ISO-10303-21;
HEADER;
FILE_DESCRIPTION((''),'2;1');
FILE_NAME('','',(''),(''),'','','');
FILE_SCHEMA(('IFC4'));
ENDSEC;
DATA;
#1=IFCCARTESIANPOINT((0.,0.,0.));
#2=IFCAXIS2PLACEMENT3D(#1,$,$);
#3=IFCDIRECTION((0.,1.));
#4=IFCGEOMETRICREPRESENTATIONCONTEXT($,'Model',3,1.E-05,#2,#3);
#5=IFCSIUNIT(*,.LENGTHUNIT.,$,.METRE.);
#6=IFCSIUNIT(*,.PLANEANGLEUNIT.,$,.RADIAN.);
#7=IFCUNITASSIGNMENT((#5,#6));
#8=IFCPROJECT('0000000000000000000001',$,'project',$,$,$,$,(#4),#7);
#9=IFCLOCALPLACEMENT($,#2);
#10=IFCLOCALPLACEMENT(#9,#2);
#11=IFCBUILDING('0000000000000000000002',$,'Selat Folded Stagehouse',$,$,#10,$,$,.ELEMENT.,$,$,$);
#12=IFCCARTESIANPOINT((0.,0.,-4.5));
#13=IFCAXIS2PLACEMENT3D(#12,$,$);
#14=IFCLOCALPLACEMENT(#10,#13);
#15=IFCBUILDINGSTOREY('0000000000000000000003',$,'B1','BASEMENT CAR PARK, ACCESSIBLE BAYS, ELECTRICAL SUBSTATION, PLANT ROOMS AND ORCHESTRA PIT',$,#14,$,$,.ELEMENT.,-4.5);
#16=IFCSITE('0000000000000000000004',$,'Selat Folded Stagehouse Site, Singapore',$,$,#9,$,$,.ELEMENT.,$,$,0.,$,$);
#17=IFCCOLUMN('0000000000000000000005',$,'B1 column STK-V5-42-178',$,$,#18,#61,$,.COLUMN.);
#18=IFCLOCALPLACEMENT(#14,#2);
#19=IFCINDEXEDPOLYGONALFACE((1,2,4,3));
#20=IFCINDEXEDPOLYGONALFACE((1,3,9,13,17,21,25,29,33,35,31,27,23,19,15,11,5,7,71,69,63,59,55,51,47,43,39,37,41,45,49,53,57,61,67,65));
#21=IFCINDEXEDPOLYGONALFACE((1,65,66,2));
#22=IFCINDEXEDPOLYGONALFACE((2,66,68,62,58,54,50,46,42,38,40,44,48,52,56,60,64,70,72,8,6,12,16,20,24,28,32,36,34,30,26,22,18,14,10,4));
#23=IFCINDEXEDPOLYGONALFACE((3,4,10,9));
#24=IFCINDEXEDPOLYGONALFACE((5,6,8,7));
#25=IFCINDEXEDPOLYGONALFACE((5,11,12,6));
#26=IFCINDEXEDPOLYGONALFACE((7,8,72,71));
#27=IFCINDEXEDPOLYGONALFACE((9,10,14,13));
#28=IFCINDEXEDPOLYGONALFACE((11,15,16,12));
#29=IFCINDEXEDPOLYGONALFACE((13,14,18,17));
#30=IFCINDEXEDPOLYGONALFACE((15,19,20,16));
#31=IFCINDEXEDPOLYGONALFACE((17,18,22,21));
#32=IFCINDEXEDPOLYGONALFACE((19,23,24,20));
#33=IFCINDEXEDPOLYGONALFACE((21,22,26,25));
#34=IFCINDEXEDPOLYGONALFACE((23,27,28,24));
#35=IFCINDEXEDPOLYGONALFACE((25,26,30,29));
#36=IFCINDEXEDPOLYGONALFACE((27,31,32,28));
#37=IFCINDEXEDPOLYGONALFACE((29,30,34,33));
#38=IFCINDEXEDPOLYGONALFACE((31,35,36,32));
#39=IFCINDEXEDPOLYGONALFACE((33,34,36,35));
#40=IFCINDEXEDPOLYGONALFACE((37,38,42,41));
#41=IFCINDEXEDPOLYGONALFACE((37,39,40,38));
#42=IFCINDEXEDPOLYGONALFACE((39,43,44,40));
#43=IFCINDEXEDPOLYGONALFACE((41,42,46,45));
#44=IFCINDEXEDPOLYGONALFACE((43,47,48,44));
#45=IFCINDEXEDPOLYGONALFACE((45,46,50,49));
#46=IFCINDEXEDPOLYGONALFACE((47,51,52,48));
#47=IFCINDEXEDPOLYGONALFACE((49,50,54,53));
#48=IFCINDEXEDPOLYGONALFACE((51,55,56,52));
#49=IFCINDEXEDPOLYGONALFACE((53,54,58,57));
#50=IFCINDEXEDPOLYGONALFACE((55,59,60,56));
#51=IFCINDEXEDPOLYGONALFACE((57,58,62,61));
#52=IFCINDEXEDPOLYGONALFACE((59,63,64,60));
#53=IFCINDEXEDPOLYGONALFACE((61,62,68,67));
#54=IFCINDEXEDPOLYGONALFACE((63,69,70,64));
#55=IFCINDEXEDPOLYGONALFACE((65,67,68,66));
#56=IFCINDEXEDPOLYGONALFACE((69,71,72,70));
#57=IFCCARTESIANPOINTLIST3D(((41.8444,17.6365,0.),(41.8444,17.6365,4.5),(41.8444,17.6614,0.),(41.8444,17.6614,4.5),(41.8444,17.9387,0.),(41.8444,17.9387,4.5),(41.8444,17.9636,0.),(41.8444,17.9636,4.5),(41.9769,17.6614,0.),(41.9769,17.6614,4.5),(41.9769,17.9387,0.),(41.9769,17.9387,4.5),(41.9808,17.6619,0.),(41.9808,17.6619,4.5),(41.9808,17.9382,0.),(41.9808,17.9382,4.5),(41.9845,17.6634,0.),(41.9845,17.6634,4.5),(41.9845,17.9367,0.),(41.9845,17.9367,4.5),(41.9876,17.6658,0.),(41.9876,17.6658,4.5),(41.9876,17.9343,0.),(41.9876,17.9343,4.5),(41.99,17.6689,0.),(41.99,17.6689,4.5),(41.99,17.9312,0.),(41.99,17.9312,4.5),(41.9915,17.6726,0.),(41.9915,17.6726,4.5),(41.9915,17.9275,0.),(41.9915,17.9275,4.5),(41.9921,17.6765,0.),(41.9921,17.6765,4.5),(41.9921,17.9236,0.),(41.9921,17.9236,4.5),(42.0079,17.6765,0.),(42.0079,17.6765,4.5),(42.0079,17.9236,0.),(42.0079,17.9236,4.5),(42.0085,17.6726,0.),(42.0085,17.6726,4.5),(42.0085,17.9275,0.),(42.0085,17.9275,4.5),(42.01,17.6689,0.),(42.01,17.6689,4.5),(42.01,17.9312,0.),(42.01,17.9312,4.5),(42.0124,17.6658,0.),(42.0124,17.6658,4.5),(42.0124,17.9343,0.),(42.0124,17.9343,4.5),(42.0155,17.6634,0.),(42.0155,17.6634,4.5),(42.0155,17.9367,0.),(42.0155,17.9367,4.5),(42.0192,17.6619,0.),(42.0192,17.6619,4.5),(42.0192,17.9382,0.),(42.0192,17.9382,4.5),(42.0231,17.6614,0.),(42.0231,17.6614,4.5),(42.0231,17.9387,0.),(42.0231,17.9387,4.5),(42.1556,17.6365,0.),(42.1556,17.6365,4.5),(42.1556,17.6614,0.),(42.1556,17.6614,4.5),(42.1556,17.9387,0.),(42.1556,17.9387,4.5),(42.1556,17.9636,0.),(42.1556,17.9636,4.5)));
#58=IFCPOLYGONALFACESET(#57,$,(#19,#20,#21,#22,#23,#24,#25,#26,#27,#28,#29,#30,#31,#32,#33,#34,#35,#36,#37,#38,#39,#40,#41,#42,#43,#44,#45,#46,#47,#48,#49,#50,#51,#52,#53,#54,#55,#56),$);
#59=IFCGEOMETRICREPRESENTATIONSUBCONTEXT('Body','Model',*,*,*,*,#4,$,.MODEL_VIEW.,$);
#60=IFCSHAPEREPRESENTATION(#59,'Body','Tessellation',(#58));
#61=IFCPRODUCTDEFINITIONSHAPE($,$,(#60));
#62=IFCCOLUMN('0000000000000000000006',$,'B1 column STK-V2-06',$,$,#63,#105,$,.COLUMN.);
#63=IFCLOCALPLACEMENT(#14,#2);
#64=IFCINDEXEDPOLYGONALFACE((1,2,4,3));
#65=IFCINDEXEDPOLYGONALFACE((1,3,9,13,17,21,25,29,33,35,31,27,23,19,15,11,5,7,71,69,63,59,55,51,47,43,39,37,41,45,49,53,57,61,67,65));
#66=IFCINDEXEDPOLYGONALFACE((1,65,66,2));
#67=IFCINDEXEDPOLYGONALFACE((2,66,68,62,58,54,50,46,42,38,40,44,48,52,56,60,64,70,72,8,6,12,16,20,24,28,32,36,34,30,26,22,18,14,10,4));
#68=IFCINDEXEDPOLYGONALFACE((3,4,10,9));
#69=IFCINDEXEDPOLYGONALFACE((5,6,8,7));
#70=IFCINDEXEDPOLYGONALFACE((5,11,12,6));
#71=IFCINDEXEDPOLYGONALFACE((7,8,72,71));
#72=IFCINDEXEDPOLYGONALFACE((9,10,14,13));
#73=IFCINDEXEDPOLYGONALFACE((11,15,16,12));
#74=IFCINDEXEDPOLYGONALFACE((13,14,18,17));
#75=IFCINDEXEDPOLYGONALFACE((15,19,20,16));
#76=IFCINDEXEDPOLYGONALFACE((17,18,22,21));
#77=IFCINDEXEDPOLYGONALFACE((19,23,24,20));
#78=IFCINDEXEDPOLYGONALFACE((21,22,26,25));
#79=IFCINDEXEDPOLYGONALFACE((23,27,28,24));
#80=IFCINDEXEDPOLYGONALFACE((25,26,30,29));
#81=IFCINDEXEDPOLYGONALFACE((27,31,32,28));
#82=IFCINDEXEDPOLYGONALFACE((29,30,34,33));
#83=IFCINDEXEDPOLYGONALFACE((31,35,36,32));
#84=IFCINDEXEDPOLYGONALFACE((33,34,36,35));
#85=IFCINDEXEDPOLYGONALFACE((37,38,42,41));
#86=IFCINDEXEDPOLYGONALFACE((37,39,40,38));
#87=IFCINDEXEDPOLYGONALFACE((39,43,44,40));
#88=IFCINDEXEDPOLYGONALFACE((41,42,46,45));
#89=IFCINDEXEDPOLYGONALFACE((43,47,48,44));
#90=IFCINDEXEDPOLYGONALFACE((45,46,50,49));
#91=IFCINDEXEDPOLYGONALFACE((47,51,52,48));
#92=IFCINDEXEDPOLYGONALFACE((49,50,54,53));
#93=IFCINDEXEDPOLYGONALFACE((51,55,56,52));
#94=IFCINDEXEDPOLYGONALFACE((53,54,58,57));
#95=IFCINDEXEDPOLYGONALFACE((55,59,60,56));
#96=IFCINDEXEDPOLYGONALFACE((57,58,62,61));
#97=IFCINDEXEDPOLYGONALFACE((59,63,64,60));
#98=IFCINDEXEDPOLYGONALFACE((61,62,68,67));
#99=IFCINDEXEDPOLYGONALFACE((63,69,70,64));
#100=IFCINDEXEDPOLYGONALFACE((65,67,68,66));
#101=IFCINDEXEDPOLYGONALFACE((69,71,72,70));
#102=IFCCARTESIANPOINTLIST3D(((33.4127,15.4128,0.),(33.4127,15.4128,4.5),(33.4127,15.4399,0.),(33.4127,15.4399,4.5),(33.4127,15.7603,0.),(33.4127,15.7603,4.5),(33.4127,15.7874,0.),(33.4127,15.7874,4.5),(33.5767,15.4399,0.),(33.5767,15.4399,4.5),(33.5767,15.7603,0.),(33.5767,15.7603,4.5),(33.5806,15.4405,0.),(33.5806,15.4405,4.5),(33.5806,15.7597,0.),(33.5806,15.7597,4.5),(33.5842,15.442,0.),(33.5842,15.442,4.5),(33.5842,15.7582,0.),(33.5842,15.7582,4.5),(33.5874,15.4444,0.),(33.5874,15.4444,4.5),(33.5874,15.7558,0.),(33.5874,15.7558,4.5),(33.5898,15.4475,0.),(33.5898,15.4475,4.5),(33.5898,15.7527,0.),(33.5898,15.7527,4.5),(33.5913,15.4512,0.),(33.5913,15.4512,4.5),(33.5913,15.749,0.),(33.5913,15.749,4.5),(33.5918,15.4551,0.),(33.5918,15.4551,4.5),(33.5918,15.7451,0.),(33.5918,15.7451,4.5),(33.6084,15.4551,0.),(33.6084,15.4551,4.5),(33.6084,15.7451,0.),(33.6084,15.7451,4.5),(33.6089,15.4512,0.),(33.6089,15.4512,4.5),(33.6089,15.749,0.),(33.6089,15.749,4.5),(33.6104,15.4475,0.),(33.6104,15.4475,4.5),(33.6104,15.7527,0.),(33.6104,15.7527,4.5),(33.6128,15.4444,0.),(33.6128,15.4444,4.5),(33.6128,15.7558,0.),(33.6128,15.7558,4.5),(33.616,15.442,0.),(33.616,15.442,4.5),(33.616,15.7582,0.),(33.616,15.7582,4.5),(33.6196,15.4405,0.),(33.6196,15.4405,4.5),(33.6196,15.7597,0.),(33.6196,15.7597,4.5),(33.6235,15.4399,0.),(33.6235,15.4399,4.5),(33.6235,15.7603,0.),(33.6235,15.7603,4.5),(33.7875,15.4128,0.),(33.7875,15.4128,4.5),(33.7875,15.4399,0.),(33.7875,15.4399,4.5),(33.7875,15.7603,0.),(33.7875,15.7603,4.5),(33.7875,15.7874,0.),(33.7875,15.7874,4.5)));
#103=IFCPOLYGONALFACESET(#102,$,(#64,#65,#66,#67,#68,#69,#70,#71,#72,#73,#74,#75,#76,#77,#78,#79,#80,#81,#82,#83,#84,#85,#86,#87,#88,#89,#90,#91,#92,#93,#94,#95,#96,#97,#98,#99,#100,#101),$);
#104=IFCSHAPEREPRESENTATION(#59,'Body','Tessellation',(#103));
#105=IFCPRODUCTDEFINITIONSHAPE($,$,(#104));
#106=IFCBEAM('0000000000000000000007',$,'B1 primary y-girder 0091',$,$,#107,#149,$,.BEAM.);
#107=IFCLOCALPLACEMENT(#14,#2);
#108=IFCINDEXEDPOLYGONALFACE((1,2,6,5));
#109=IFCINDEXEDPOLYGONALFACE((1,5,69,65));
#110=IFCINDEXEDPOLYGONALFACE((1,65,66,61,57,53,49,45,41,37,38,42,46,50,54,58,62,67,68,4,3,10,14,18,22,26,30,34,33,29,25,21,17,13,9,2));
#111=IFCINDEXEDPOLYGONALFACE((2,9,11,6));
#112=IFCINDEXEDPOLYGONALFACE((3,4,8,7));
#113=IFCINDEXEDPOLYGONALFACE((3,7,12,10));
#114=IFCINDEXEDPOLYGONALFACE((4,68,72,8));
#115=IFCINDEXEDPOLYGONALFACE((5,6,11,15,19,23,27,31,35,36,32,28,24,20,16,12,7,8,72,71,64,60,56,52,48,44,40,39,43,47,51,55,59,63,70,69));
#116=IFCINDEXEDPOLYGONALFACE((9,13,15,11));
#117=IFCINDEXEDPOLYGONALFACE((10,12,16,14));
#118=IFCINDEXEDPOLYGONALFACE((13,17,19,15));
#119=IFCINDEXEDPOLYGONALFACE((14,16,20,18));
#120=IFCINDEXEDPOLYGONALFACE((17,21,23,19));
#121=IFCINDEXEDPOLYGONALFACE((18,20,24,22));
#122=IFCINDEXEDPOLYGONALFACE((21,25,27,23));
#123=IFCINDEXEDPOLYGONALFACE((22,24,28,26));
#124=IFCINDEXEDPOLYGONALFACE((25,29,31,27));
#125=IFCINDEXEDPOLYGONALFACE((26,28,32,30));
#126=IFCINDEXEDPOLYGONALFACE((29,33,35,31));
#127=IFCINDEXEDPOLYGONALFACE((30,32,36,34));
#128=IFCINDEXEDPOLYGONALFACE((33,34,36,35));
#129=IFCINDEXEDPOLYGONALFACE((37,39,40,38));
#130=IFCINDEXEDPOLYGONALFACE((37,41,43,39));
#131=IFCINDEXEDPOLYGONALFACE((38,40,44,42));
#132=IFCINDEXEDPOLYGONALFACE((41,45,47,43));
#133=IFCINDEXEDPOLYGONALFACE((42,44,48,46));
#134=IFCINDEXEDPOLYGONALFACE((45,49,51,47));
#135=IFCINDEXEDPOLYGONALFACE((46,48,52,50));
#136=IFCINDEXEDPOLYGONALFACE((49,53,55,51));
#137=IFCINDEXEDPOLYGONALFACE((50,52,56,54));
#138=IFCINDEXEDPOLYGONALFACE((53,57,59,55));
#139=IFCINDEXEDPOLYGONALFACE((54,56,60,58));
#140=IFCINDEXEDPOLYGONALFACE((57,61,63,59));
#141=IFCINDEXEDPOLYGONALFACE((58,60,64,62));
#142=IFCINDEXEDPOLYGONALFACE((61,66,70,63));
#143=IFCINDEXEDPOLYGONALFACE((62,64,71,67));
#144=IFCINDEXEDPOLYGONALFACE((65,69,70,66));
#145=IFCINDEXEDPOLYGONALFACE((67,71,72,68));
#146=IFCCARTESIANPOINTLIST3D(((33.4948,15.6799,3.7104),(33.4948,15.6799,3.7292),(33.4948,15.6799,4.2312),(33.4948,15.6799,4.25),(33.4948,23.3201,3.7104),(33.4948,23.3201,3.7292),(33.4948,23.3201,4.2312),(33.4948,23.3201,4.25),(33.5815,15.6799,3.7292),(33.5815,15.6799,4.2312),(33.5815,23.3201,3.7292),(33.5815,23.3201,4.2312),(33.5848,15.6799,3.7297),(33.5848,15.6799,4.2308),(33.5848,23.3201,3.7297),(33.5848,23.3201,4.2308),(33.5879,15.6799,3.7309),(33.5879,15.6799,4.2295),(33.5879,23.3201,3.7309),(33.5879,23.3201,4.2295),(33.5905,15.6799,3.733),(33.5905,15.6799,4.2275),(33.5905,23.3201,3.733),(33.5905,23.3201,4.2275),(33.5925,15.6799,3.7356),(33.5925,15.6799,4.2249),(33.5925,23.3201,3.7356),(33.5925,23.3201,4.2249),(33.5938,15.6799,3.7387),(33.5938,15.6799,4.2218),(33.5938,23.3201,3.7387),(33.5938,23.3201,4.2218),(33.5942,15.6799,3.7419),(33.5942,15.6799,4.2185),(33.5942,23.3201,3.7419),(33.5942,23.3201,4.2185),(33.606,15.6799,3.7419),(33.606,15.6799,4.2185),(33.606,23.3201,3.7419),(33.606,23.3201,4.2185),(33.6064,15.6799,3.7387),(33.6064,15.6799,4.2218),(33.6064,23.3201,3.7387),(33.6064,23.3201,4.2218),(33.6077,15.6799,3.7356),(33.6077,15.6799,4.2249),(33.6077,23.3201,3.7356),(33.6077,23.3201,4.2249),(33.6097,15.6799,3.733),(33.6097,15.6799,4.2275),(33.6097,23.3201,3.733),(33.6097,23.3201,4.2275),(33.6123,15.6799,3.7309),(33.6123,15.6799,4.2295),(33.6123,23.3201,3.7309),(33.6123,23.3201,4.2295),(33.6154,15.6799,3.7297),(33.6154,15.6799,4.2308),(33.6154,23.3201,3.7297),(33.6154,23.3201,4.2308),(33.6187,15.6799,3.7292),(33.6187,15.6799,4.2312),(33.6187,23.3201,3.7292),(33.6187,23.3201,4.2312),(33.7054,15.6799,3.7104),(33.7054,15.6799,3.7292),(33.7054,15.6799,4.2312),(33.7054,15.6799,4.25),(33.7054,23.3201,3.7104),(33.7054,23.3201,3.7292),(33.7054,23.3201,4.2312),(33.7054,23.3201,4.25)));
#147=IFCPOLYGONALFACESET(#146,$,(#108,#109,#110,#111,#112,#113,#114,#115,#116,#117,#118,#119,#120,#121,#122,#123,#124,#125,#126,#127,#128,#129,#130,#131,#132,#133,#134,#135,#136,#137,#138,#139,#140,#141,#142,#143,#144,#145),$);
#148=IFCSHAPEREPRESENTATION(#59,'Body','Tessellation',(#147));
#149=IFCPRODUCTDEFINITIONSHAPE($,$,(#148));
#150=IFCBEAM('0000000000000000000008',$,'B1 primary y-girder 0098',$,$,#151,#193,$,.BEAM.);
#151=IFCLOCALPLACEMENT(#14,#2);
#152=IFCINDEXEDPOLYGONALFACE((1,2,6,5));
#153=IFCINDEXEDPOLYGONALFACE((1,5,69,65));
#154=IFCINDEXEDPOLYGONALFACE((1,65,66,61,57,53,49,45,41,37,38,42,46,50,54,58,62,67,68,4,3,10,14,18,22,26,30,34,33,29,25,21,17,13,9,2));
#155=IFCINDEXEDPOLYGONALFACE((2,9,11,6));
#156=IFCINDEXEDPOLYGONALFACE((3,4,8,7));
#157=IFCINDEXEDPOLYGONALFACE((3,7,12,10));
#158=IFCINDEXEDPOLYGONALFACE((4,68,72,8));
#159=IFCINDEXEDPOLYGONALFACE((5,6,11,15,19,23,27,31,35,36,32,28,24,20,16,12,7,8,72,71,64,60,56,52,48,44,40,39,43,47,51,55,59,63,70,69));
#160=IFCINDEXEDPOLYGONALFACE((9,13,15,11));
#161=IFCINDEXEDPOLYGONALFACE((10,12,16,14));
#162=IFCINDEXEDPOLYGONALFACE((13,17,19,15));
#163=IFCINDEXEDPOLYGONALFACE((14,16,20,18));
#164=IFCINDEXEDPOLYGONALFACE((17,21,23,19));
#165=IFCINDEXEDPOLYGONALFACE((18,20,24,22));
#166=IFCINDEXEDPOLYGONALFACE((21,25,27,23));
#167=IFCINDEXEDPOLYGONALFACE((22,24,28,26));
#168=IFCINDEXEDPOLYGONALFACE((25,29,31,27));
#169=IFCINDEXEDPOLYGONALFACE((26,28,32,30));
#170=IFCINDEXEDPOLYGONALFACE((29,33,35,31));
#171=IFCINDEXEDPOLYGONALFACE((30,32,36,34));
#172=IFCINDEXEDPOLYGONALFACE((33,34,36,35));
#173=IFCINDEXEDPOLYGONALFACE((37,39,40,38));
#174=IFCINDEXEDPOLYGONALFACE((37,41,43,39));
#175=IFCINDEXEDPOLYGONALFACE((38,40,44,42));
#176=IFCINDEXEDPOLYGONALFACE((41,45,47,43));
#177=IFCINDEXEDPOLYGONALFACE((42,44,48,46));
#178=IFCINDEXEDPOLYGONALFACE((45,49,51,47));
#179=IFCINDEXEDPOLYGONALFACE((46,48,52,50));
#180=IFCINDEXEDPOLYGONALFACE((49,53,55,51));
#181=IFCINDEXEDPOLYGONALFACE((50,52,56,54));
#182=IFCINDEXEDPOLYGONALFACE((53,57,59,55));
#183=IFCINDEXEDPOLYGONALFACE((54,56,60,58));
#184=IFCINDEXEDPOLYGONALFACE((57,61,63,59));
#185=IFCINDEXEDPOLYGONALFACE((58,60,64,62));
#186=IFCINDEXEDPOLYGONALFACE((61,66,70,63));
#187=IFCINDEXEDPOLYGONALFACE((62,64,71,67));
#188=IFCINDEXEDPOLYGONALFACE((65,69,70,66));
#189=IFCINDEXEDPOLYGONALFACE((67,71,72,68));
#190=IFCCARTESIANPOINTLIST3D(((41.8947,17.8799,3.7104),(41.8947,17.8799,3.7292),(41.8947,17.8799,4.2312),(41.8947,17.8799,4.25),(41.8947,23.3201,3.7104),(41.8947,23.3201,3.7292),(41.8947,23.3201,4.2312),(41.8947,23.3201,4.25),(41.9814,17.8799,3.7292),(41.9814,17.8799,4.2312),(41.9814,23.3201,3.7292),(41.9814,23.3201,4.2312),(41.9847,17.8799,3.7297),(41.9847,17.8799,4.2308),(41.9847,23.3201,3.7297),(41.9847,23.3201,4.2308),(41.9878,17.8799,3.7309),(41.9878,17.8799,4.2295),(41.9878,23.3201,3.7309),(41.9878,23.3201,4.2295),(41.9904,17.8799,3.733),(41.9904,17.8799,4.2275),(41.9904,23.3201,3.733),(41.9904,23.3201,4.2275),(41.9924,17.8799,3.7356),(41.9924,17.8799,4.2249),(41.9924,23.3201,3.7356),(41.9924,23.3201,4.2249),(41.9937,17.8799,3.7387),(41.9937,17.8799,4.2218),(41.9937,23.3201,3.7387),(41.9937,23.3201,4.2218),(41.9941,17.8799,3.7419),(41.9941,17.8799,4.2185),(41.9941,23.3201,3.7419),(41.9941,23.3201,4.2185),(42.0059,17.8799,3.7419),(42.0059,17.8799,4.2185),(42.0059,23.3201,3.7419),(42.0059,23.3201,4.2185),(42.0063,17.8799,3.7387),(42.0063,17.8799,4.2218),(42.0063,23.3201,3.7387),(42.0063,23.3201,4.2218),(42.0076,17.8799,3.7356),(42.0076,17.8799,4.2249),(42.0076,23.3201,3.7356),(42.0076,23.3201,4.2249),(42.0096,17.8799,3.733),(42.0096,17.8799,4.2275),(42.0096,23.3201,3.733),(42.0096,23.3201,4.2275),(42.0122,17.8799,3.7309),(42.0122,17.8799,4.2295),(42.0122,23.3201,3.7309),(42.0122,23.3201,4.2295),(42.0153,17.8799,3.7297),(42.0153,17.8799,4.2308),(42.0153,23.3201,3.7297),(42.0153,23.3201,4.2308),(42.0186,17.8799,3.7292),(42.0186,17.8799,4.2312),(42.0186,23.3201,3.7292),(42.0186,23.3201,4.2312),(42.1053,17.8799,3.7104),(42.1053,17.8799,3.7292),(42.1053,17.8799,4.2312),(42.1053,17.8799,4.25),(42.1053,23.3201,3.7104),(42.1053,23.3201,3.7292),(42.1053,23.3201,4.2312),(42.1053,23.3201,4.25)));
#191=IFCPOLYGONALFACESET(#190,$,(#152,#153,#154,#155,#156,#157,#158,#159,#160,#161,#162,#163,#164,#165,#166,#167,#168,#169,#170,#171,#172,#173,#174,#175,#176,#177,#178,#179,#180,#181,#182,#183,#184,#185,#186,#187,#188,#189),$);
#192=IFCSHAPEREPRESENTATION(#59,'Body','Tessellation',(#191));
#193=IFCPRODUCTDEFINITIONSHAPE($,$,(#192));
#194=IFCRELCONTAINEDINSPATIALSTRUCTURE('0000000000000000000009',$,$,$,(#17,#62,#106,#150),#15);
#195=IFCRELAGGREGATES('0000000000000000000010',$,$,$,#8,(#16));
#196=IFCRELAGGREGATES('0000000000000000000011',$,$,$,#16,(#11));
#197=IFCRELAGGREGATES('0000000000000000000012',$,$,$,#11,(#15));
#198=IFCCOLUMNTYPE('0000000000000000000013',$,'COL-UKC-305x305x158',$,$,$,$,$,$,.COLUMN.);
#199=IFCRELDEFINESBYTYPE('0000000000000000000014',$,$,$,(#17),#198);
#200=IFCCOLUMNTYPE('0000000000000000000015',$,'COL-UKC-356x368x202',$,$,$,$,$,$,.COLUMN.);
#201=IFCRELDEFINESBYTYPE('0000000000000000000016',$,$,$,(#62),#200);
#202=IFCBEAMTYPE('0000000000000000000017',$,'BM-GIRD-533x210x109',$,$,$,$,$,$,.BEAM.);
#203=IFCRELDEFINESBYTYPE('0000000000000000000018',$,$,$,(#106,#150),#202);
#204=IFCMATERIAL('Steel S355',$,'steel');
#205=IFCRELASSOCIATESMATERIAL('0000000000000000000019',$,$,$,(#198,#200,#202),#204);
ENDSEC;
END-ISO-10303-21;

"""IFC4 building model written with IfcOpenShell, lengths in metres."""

from ifc_helpers import new_model, si_unit, direction, frame, origin, origin_2d, place, context, subcontext, project, spatial, i_section, extrude, material, material_profile, profile_set, type_object, element, save


model = new_model("IFC4")

# Units and contexts
model_context = context("Model", 3, precision=1e-05, world=origin(), true_north=direction((0.0, 1.0)))
body_context = subcontext(model_context, "Body", "Model", "MODEL_VIEW")
ifc_project = project(units=[si_unit("LENGTHUNIT", "METRE"), si_unit("PLANEANGLEUNIT", "RADIAN")], contexts=[model_context])

# Site, building, storey
site_placement = place(None, origin())
site = spatial("IfcSite", under=ifc_project, at=site_placement, Name="Selat Folded Stagehouse Site, Singapore", CompositionType="ELEMENT", RefElevation=0.0)
building_placement = place(site_placement, origin())
building = spatial("IfcBuilding", under=site, at=building_placement, Name="Selat Folded Stagehouse", CompositionType="ELEMENT")
storey_placement = place(building_placement, frame((0.0, 0.0, -4.5)))
storey = spatial("IfcBuildingStorey", under=building, at=storey_placement, Name="B1", Description="BASEMENT CAR PARK, ACCESSIBLE BAYS, ELECTRICAL SUBSTATION, PLANT ROOMS AND ORCHESTRA PIT", CompositionType="ELEMENT", Elevation=-4.5)

# Columns
ifc_material_1 = material(Name="Steel S355", Category="steel")
ifc_material_profile_1 = material_profile(ifc_material_1, i_section(OverallWidth=0.3113, OverallDepth=0.3271, WebThickness=0.0159, FlangeThickness=0.0249, FilletRadius=0.0151, at=origin_2d()), Name="UKC 305x305x158")
ifc_profile_set_1 = profile_set([ifc_material_profile_1], Name="Steel S355")
column_type_1 = type_object("IfcColumnType", Name="COL-UKC-305x305x158", PredefinedType="COLUMN", material=ifc_profile_set_1)
column_1_placement = place(storey_placement, frame((42.0, 17.8, 0.0), z_axis=(0.0, 0.0, 1.0), x_axis=(1.0, 0.0, 0.0)))
element("IfcColumn", 1, at=column_1_placement, inside=storey, type_object=column_type_1, Name="B1 column STK-V5-42-178", PredefinedType="COLUMN", context=body_context, shape_type="SweptSolid", body=[
    extrude(i_section(OverallWidth=0.3113, OverallDepth=0.3271, WebThickness=0.0159, FlangeThickness=0.0249, FilletRadius=0.0151, at=origin_2d()), origin(), (0.0, 0.0, 1.0), 4.5),
])
ifc_material_profile_2 = material_profile(ifc_material_1, i_section(OverallWidth=0.3748, OverallDepth=0.3745, WebThickness=0.0166, FlangeThickness=0.0271, FilletRadius=0.0151, at=origin_2d()), Name="UKC 356x368x202")
ifc_profile_set_2 = profile_set([ifc_material_profile_2], Name="Steel S355")
column_type_2 = type_object("IfcColumnType", Name="COL-UKC-356x368x202", PredefinedType="COLUMN", material=ifc_profile_set_2)
column_2_placement = place(storey_placement, frame((33.6001, 15.6001, 0.0), z_axis=(0.0, 0.0, 1.0), x_axis=(1.0, 0.0, 0.0)))
element("IfcColumn", 2, at=column_2_placement, inside=storey, type_object=column_type_2, Name="B1 column STK-V2-06", PredefinedType="COLUMN", context=body_context, shape_type="SweptSolid", body=[
    extrude(i_section(OverallWidth=0.3748, OverallDepth=0.3745, WebThickness=0.0166, FlangeThickness=0.0271, FilletRadius=0.0151, at=origin_2d()), origin(), (0.0, 0.0, 1.0), 4.5),
])

# Beams
ifc_material_profile_3 = material_profile(ifc_material_1, i_section(OverallWidth=0.2107, OverallDepth=0.5396, WebThickness=0.0117, FlangeThickness=0.0188, FilletRadius=0.0127, at=origin_2d()), Name="UKB 533x210x109")
ifc_profile_set_3 = profile_set([ifc_material_profile_3], Name="Steel S355")
beam_type_1 = type_object("IfcBeamType", Name="BM-GIRD-533x210x109", PredefinedType="BEAM", material=ifc_profile_set_3)
beam_1_placement = place(storey_placement, frame((33.6001, 15.6799, 3.9802), z_axis=(0.0, 1.0, 0.0), x_axis=(-1.0, 0.0, 0.0)))
element("IfcBeam", 3, at=beam_1_placement, inside=storey, type_object=beam_type_1, Name="B1 primary y-girder 0091", PredefinedType="BEAM", context=body_context, shape_type="SweptSolid", body=[
    extrude(i_section(OverallWidth=0.2107, OverallDepth=0.5396, WebThickness=0.0117, FlangeThickness=0.0188, FilletRadius=0.0127, at=origin_2d()), origin(), (0.0, 0.0, 1.0), 7.6401),
])
beam_2_placement = place(storey_placement, frame((42.0, 17.8799, 3.9802), z_axis=(0.0, 1.0, 0.0), x_axis=(-1.0, 0.0, 0.0)))
element("IfcBeam", 4, at=beam_2_placement, inside=storey, type_object=beam_type_1, Name="B1 primary y-girder 0098", PredefinedType="BEAM", context=body_context, shape_type="SweptSolid", body=[
    extrude(i_section(OverallWidth=0.2107, OverallDepth=0.5396, WebThickness=0.0117, FlangeThickness=0.0188, FilletRadius=0.0127, at=origin_2d()), origin(), (0.0, 0.0, 1.0), 5.4402),
])

save(model, "model.ifc")
